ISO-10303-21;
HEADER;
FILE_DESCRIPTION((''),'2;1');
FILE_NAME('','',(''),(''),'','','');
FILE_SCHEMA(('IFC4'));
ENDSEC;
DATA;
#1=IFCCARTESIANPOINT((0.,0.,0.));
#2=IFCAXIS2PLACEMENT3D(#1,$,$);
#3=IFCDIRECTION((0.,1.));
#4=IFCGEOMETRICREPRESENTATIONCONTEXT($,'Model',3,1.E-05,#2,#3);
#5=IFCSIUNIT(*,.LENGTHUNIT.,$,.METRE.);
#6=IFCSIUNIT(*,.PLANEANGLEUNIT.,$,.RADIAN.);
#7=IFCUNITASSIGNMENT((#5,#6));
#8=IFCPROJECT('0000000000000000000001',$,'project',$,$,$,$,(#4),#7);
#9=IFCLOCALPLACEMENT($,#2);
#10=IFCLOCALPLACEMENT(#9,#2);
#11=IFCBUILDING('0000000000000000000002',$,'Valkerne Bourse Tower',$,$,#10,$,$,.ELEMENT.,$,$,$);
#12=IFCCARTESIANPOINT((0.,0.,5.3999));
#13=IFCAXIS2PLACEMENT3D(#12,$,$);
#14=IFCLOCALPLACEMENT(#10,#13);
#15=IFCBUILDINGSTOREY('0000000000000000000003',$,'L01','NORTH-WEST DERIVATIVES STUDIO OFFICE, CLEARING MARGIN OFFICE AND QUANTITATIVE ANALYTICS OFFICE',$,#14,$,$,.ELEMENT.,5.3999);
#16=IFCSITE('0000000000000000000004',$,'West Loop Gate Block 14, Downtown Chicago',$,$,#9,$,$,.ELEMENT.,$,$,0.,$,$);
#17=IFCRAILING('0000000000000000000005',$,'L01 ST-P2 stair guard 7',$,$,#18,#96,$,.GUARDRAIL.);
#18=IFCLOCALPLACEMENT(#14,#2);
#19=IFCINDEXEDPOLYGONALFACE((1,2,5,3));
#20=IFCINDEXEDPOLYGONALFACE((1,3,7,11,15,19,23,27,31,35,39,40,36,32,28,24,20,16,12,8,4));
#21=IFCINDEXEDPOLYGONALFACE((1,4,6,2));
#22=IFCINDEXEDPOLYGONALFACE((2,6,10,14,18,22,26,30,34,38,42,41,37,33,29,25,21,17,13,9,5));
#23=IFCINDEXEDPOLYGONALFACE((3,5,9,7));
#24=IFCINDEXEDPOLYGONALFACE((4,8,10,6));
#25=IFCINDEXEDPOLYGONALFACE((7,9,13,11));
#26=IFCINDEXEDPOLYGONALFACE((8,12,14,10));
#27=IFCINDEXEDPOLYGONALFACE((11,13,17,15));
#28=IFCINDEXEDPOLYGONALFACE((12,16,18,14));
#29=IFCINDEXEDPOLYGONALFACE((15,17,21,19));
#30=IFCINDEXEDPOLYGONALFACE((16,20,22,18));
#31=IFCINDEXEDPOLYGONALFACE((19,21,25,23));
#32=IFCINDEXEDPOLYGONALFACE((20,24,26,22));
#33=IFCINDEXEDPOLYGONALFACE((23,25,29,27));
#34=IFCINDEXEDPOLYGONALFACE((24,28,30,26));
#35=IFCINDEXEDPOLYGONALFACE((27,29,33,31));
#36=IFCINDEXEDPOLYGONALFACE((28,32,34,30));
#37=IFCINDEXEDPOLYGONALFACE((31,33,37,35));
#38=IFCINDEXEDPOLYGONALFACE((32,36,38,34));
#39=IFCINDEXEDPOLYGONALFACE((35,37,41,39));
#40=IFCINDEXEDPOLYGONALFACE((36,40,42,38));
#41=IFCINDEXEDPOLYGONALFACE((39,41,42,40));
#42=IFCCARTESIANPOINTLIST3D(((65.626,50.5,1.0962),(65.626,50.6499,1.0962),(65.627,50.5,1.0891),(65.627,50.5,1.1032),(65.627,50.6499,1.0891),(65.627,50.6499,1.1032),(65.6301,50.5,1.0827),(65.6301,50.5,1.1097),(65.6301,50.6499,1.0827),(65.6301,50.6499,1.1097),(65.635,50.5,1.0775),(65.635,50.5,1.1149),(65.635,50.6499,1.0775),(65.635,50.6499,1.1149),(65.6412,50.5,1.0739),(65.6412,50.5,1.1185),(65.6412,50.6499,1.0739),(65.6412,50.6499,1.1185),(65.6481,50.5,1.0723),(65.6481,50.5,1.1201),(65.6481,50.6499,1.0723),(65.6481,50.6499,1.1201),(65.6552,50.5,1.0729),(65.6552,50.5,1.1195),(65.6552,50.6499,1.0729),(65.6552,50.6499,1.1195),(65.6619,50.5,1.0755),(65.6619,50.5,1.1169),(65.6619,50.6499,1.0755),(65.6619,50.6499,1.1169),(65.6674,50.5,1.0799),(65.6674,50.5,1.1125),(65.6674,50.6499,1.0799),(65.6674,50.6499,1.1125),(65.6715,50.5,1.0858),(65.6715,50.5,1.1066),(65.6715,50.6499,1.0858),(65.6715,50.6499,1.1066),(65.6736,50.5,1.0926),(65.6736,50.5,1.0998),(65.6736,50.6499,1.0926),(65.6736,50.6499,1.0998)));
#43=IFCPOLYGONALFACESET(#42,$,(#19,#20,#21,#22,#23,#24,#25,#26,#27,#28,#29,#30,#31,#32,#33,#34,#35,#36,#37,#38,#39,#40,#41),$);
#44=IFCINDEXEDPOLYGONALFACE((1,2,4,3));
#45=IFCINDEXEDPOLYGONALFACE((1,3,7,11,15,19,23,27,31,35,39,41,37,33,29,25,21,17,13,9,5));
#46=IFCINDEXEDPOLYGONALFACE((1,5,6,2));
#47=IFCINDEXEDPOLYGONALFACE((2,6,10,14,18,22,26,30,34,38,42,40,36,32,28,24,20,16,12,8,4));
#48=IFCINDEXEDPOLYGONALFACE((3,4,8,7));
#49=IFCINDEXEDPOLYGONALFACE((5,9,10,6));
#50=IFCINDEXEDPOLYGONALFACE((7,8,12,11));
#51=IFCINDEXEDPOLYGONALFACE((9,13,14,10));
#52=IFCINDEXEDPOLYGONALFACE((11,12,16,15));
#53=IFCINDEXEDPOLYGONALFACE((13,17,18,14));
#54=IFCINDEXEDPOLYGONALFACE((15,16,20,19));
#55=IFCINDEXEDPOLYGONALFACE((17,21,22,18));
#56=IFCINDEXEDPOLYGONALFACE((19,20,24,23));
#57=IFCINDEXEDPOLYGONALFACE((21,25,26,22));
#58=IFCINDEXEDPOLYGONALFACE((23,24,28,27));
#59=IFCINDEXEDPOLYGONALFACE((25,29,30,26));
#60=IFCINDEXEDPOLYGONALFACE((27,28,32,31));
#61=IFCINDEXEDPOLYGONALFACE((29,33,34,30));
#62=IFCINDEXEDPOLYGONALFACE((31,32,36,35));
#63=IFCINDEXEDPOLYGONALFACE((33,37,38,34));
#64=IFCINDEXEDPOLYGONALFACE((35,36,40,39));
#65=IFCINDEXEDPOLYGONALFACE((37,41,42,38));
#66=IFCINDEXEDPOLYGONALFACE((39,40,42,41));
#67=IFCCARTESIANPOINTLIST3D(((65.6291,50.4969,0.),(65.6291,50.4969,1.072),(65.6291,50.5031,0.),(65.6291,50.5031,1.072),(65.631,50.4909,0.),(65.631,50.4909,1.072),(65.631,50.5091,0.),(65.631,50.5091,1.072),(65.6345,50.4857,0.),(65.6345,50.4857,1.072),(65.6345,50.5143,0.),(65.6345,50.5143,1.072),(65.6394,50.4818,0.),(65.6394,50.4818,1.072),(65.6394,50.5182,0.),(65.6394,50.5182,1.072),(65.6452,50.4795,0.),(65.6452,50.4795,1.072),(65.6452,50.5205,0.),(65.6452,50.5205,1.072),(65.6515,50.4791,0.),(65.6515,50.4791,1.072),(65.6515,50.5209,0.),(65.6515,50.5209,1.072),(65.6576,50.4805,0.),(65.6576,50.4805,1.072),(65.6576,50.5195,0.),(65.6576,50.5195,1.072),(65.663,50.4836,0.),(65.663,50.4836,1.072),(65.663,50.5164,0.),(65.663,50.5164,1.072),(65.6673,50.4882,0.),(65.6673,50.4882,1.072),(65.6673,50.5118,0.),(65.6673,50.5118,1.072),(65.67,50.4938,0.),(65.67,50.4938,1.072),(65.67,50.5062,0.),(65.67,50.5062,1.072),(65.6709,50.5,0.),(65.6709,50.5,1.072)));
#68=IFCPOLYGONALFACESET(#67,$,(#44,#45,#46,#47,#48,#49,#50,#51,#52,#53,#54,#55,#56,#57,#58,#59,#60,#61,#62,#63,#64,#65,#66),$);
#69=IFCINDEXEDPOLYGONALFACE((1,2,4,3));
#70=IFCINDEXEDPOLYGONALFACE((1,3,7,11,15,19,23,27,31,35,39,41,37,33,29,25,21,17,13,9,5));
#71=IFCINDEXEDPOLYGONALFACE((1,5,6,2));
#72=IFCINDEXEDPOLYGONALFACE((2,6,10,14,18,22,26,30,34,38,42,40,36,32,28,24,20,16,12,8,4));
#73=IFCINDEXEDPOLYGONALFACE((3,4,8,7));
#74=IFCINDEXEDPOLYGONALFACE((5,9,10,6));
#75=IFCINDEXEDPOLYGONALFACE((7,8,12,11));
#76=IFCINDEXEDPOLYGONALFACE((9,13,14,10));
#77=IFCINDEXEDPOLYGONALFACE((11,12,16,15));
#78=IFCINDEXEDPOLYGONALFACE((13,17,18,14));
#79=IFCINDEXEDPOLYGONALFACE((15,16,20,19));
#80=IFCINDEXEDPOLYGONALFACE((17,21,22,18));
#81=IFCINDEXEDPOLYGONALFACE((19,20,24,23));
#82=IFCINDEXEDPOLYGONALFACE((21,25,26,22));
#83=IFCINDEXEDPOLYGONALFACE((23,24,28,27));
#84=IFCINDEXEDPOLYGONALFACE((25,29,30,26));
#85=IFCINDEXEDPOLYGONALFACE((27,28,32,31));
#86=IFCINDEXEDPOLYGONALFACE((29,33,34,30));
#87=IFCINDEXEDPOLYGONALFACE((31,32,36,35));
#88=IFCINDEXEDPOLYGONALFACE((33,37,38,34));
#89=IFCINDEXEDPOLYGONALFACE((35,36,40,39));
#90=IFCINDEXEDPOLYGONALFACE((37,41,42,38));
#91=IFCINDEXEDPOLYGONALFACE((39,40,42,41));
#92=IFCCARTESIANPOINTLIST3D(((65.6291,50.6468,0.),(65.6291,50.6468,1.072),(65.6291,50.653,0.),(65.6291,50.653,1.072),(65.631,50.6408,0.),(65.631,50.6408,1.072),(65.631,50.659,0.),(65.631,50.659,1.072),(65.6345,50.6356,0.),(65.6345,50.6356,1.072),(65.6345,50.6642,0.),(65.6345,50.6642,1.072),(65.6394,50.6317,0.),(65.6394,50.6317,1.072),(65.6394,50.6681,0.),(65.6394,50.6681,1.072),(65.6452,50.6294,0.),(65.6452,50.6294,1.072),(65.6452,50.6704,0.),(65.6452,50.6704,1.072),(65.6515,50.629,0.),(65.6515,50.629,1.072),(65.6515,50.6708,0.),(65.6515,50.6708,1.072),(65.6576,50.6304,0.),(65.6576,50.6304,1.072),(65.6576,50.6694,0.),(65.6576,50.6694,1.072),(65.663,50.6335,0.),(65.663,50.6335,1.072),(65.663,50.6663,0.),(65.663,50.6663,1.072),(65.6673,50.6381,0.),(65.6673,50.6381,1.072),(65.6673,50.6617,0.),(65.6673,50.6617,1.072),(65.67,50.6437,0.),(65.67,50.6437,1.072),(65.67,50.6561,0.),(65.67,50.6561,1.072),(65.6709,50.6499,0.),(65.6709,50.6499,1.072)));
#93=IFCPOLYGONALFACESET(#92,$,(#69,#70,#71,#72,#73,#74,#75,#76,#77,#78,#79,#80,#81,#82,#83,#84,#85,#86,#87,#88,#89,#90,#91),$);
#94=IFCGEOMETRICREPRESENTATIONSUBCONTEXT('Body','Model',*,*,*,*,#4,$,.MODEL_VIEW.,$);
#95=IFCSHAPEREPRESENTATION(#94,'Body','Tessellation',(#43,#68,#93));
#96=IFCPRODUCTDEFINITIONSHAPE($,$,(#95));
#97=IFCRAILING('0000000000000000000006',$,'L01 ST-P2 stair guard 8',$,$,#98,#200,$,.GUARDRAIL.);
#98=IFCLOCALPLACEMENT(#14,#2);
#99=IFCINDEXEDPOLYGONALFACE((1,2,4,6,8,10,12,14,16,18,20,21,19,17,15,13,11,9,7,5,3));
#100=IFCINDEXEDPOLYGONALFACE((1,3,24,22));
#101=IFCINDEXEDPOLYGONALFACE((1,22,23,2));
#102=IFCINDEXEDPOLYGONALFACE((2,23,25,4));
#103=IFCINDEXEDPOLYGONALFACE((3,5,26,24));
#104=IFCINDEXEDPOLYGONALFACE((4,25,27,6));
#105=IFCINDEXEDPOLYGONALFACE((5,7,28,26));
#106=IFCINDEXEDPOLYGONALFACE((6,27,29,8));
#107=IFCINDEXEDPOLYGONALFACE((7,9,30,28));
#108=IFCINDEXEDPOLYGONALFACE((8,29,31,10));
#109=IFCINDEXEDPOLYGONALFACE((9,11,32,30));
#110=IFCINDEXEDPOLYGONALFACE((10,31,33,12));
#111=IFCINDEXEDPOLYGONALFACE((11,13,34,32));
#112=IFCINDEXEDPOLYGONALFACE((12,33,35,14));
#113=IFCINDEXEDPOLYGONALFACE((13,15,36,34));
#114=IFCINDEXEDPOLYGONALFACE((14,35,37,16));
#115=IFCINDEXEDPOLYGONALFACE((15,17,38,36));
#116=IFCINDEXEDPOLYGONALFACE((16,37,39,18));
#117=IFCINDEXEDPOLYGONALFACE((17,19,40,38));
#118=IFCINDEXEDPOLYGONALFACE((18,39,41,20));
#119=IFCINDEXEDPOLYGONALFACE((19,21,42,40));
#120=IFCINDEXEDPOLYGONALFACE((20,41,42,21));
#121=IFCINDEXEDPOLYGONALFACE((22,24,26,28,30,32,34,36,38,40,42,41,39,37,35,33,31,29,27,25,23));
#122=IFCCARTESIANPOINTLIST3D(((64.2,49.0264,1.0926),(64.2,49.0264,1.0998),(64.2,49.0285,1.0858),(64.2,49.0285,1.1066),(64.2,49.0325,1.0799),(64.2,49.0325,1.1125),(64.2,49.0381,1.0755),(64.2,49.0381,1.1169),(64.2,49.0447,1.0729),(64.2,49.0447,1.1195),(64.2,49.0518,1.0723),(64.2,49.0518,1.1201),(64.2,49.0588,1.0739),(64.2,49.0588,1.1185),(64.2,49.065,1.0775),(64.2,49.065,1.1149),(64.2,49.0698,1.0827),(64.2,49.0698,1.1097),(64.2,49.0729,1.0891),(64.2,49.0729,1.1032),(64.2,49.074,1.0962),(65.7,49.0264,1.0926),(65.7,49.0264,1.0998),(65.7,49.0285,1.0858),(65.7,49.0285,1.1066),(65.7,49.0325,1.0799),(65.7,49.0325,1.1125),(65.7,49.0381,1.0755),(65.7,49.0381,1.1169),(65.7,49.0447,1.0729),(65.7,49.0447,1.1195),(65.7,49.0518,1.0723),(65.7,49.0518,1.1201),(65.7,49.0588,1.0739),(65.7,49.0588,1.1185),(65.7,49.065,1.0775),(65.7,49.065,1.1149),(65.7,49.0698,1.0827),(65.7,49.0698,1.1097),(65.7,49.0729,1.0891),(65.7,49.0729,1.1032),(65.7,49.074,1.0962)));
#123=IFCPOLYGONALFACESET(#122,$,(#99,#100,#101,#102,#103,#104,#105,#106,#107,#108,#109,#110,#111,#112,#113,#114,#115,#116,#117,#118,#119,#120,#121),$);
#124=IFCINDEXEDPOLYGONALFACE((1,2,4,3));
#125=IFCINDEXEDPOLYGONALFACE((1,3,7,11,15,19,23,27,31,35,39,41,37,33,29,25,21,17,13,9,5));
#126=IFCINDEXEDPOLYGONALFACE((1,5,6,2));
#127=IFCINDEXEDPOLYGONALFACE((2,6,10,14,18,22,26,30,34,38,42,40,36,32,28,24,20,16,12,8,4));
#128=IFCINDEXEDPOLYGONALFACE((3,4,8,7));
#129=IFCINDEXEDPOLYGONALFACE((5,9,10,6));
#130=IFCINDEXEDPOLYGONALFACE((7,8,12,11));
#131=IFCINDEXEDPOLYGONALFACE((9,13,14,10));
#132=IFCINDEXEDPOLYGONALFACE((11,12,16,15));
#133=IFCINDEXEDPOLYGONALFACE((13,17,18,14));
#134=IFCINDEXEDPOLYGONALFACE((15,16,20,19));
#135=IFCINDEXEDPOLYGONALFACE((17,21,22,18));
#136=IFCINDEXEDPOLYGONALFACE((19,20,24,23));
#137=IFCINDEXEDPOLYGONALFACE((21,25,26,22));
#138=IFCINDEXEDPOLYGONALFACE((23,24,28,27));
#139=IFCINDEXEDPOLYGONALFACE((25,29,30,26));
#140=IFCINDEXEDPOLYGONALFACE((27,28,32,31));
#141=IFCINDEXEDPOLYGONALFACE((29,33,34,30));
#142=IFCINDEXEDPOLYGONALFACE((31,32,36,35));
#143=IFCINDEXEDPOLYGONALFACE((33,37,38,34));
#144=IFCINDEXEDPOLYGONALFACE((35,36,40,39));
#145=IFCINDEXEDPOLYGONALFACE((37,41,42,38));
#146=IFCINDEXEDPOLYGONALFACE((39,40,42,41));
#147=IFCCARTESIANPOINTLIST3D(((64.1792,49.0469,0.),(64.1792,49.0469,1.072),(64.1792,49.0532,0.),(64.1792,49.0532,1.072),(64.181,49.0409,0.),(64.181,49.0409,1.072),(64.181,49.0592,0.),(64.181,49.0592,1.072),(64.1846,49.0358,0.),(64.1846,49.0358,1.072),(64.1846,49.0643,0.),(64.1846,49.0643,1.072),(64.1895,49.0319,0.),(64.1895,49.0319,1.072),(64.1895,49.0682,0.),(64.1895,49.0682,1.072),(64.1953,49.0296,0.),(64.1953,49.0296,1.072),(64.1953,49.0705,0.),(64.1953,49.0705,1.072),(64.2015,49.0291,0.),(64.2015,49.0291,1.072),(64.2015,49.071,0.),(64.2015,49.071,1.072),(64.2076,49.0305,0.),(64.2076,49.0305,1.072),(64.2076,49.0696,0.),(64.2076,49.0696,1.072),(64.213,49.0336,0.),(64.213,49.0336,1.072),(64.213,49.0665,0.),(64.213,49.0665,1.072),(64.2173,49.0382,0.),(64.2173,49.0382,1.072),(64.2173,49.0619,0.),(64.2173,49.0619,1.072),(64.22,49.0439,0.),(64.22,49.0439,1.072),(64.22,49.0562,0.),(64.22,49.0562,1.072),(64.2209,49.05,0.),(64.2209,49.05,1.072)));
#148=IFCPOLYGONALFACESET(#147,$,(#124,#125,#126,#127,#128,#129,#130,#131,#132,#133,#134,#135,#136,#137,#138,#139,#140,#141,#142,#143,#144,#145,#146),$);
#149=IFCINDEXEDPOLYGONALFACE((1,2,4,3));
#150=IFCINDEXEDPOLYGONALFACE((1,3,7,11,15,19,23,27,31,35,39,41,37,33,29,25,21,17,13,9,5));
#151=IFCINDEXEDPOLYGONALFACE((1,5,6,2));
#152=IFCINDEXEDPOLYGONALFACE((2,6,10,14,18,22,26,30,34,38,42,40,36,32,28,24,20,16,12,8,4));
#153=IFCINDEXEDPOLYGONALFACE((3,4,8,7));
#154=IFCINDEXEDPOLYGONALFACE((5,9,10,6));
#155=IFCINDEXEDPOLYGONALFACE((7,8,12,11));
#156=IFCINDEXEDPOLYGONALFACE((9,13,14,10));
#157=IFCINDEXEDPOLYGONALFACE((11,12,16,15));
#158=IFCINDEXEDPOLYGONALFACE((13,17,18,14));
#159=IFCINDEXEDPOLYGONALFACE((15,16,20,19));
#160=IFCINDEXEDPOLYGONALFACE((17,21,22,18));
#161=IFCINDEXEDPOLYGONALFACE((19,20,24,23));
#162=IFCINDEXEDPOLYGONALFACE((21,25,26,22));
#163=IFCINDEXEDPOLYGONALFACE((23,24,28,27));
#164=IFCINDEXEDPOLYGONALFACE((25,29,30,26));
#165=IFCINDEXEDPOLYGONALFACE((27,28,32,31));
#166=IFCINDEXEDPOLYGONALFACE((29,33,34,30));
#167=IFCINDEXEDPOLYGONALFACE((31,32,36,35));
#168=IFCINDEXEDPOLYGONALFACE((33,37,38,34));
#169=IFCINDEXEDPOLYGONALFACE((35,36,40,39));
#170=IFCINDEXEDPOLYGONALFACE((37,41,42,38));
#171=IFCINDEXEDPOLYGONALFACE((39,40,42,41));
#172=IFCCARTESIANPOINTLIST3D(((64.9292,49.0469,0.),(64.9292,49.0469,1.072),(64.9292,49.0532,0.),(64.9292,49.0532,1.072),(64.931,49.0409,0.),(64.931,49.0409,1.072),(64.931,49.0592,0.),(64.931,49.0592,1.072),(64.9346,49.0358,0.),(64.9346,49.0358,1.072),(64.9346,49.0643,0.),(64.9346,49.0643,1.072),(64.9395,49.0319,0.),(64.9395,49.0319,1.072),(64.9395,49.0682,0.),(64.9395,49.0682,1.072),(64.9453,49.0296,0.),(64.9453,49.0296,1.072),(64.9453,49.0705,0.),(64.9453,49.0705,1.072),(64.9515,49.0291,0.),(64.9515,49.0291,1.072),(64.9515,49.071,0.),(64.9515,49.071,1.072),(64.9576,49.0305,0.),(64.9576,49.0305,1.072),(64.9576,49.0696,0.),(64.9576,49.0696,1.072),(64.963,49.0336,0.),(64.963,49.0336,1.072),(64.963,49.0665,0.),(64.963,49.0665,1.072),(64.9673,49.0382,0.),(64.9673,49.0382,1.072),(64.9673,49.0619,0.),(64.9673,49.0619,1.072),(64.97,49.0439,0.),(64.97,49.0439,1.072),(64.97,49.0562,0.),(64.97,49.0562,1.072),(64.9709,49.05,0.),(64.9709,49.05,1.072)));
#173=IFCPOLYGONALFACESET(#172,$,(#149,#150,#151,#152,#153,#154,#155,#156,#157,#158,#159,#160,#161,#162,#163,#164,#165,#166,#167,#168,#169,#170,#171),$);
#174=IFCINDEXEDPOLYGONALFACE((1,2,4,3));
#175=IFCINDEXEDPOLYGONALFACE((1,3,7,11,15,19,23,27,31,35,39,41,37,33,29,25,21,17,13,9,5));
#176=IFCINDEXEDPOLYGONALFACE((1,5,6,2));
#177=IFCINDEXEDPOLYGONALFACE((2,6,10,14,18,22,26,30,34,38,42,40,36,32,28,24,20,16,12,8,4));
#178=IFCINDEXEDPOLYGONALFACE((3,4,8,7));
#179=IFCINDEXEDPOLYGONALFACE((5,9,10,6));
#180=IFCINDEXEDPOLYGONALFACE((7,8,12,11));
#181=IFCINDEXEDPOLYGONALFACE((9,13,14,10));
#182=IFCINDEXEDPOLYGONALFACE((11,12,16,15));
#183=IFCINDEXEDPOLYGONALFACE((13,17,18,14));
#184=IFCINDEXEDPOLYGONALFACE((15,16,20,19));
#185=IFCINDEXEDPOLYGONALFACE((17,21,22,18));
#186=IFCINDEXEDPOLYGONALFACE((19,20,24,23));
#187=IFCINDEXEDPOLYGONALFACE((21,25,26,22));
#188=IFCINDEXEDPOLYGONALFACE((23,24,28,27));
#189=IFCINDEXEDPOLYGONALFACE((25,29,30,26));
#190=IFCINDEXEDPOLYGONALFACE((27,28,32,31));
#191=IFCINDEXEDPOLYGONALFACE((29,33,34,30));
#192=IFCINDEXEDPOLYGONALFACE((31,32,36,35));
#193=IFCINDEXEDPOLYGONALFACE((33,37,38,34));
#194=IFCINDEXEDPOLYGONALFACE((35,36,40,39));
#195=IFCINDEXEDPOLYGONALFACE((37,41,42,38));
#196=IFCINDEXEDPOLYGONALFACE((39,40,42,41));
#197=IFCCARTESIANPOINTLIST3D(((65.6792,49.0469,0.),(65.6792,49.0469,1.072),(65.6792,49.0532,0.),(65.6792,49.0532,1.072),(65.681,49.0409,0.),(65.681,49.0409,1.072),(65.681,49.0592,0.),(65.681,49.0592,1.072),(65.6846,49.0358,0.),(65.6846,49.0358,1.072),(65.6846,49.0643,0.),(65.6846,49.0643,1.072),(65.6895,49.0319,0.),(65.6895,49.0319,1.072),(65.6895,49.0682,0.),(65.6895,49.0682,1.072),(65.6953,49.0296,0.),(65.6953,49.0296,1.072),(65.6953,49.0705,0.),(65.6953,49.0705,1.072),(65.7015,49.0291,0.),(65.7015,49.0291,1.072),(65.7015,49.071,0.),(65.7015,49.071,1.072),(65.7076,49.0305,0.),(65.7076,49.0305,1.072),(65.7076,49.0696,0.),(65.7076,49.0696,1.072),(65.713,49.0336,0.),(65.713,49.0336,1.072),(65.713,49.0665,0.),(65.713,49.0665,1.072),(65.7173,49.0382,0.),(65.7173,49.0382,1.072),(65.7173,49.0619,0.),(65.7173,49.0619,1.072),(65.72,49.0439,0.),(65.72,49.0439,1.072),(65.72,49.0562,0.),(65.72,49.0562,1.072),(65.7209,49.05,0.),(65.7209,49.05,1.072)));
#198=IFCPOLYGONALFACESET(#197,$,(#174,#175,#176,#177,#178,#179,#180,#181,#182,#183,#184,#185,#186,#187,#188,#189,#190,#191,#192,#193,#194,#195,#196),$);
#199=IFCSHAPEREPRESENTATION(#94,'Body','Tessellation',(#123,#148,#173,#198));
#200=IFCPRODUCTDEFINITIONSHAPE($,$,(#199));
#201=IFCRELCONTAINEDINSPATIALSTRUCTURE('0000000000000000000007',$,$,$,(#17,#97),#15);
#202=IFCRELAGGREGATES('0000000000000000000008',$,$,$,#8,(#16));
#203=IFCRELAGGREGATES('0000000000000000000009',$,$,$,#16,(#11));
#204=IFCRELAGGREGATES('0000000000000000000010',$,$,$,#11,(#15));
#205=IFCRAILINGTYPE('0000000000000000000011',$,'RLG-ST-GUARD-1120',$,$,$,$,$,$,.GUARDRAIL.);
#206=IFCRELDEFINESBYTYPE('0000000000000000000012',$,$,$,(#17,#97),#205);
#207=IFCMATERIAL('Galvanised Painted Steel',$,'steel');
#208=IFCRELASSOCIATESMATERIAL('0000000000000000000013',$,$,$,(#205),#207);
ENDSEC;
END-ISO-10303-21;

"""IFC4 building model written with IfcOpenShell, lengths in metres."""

from ifc_helpers import new_model, si_unit, direction, frame, origin, origin_2d, place, context, subcontext, project, spatial, circle, extrude, material, type_object, element, save


model = new_model("IFC4")

# Units and contexts
model_context = context("Model", 3, precision=1e-05, world=origin(), true_north=direction((0.0, 1.0)))
body_context = subcontext(model_context, "Body", "Model", "MODEL_VIEW")
ifc_project = project(units=[si_unit("LENGTHUNIT", "METRE"), si_unit("PLANEANGLEUNIT", "RADIAN")], contexts=[model_context])

# Site, building, storey
site_placement = place(None, origin())
site = spatial("IfcSite", under=ifc_project, at=site_placement, Name="West Loop Gate Block 14, Downtown Chicago", CompositionType="ELEMENT", RefElevation=0.0)
building_placement = place(site_placement, origin())
building = spatial("IfcBuilding", under=site, at=building_placement, Name="Valkerne Bourse Tower", CompositionType="ELEMENT")
storey_placement = place(building_placement, frame((0.0, 0.0, 5.3999)))
storey = spatial("IfcBuildingStorey", under=building, at=storey_placement, Name="L01", Description="NORTH-WEST DERIVATIVES STUDIO OFFICE, CLEARING MARGIN OFFICE AND QUANTITATIVE ANALYTICS OFFICE", CompositionType="ELEMENT", Elevation=5.3999)

# Railings
ifc_material_1 = material(Name="Galvanised Painted Steel", Category="steel")
railing_type_1 = type_object("IfcRailingType", Name="RLG-ST-GUARD-1120", PredefinedType="GUARDRAIL", material=ifc_material_1)
railing_1_placement = place(storey_placement, frame((65.6499, 50.5, 0.0)))
element("IfcRailing", 1, at=railing_1_placement, inside=storey, type_object=railing_type_1, Name="L01 ST-P2 stair guard 7", PredefinedType="GUARDRAIL", context=body_context, shape_type="SweptSolid", body=[
    extrude(circle(Radius=0.0239, at=origin_2d()), frame((0.0, 0.0, 1.0962), z_axis=(0.0, 1.0, 0.0), x_axis=(-1.0, 0.0, 0.0)), (0.0, 0.0, 1.0), 0.1499),
    extrude(circle(Radius=0.021, at=origin_2d()), origin(), (0.0, 0.0, 1.0), 1.072),
    extrude(circle(Radius=0.021, at=origin_2d()), frame((0.0, 0.1499, 0.0)), (0.0, 0.0, 1.0), 1.072),
])
for number, where, name in (
    (2, (64.2, 49.05, 0.0), "L01 ST-P2 stair guard 8"),
):
    element("IfcRailing", number, at=place(storey_placement, frame(where)), inside=storey, type_object=railing_type_1, Name=name, PredefinedType="GUARDRAIL", context=body_context, shape_type="SweptSolid", body=[
        extrude(circle(Radius=0.0239, at=origin_2d()), frame((0.0, 0.0, 1.0962), z_axis=(1.0, 0.0, 0.0), x_axis=(0.0, 1.0, 0.0)), (0.0, 0.0, 1.0), 1.5),
        extrude(circle(Radius=0.021, at=origin_2d()), origin(), (0.0, 0.0, 1.0), 1.072),
        extrude(circle(Radius=0.021, at=origin_2d()), frame((0.75, 0.0, 0.0)), (0.0, 0.0, 1.0), 1.072),
        extrude(circle(Radius=0.021, at=origin_2d()), frame((1.5, 0.0, 0.0)), (0.0, 0.0, 1.0), 1.072),
    ])

save(model, "model.ifc")
